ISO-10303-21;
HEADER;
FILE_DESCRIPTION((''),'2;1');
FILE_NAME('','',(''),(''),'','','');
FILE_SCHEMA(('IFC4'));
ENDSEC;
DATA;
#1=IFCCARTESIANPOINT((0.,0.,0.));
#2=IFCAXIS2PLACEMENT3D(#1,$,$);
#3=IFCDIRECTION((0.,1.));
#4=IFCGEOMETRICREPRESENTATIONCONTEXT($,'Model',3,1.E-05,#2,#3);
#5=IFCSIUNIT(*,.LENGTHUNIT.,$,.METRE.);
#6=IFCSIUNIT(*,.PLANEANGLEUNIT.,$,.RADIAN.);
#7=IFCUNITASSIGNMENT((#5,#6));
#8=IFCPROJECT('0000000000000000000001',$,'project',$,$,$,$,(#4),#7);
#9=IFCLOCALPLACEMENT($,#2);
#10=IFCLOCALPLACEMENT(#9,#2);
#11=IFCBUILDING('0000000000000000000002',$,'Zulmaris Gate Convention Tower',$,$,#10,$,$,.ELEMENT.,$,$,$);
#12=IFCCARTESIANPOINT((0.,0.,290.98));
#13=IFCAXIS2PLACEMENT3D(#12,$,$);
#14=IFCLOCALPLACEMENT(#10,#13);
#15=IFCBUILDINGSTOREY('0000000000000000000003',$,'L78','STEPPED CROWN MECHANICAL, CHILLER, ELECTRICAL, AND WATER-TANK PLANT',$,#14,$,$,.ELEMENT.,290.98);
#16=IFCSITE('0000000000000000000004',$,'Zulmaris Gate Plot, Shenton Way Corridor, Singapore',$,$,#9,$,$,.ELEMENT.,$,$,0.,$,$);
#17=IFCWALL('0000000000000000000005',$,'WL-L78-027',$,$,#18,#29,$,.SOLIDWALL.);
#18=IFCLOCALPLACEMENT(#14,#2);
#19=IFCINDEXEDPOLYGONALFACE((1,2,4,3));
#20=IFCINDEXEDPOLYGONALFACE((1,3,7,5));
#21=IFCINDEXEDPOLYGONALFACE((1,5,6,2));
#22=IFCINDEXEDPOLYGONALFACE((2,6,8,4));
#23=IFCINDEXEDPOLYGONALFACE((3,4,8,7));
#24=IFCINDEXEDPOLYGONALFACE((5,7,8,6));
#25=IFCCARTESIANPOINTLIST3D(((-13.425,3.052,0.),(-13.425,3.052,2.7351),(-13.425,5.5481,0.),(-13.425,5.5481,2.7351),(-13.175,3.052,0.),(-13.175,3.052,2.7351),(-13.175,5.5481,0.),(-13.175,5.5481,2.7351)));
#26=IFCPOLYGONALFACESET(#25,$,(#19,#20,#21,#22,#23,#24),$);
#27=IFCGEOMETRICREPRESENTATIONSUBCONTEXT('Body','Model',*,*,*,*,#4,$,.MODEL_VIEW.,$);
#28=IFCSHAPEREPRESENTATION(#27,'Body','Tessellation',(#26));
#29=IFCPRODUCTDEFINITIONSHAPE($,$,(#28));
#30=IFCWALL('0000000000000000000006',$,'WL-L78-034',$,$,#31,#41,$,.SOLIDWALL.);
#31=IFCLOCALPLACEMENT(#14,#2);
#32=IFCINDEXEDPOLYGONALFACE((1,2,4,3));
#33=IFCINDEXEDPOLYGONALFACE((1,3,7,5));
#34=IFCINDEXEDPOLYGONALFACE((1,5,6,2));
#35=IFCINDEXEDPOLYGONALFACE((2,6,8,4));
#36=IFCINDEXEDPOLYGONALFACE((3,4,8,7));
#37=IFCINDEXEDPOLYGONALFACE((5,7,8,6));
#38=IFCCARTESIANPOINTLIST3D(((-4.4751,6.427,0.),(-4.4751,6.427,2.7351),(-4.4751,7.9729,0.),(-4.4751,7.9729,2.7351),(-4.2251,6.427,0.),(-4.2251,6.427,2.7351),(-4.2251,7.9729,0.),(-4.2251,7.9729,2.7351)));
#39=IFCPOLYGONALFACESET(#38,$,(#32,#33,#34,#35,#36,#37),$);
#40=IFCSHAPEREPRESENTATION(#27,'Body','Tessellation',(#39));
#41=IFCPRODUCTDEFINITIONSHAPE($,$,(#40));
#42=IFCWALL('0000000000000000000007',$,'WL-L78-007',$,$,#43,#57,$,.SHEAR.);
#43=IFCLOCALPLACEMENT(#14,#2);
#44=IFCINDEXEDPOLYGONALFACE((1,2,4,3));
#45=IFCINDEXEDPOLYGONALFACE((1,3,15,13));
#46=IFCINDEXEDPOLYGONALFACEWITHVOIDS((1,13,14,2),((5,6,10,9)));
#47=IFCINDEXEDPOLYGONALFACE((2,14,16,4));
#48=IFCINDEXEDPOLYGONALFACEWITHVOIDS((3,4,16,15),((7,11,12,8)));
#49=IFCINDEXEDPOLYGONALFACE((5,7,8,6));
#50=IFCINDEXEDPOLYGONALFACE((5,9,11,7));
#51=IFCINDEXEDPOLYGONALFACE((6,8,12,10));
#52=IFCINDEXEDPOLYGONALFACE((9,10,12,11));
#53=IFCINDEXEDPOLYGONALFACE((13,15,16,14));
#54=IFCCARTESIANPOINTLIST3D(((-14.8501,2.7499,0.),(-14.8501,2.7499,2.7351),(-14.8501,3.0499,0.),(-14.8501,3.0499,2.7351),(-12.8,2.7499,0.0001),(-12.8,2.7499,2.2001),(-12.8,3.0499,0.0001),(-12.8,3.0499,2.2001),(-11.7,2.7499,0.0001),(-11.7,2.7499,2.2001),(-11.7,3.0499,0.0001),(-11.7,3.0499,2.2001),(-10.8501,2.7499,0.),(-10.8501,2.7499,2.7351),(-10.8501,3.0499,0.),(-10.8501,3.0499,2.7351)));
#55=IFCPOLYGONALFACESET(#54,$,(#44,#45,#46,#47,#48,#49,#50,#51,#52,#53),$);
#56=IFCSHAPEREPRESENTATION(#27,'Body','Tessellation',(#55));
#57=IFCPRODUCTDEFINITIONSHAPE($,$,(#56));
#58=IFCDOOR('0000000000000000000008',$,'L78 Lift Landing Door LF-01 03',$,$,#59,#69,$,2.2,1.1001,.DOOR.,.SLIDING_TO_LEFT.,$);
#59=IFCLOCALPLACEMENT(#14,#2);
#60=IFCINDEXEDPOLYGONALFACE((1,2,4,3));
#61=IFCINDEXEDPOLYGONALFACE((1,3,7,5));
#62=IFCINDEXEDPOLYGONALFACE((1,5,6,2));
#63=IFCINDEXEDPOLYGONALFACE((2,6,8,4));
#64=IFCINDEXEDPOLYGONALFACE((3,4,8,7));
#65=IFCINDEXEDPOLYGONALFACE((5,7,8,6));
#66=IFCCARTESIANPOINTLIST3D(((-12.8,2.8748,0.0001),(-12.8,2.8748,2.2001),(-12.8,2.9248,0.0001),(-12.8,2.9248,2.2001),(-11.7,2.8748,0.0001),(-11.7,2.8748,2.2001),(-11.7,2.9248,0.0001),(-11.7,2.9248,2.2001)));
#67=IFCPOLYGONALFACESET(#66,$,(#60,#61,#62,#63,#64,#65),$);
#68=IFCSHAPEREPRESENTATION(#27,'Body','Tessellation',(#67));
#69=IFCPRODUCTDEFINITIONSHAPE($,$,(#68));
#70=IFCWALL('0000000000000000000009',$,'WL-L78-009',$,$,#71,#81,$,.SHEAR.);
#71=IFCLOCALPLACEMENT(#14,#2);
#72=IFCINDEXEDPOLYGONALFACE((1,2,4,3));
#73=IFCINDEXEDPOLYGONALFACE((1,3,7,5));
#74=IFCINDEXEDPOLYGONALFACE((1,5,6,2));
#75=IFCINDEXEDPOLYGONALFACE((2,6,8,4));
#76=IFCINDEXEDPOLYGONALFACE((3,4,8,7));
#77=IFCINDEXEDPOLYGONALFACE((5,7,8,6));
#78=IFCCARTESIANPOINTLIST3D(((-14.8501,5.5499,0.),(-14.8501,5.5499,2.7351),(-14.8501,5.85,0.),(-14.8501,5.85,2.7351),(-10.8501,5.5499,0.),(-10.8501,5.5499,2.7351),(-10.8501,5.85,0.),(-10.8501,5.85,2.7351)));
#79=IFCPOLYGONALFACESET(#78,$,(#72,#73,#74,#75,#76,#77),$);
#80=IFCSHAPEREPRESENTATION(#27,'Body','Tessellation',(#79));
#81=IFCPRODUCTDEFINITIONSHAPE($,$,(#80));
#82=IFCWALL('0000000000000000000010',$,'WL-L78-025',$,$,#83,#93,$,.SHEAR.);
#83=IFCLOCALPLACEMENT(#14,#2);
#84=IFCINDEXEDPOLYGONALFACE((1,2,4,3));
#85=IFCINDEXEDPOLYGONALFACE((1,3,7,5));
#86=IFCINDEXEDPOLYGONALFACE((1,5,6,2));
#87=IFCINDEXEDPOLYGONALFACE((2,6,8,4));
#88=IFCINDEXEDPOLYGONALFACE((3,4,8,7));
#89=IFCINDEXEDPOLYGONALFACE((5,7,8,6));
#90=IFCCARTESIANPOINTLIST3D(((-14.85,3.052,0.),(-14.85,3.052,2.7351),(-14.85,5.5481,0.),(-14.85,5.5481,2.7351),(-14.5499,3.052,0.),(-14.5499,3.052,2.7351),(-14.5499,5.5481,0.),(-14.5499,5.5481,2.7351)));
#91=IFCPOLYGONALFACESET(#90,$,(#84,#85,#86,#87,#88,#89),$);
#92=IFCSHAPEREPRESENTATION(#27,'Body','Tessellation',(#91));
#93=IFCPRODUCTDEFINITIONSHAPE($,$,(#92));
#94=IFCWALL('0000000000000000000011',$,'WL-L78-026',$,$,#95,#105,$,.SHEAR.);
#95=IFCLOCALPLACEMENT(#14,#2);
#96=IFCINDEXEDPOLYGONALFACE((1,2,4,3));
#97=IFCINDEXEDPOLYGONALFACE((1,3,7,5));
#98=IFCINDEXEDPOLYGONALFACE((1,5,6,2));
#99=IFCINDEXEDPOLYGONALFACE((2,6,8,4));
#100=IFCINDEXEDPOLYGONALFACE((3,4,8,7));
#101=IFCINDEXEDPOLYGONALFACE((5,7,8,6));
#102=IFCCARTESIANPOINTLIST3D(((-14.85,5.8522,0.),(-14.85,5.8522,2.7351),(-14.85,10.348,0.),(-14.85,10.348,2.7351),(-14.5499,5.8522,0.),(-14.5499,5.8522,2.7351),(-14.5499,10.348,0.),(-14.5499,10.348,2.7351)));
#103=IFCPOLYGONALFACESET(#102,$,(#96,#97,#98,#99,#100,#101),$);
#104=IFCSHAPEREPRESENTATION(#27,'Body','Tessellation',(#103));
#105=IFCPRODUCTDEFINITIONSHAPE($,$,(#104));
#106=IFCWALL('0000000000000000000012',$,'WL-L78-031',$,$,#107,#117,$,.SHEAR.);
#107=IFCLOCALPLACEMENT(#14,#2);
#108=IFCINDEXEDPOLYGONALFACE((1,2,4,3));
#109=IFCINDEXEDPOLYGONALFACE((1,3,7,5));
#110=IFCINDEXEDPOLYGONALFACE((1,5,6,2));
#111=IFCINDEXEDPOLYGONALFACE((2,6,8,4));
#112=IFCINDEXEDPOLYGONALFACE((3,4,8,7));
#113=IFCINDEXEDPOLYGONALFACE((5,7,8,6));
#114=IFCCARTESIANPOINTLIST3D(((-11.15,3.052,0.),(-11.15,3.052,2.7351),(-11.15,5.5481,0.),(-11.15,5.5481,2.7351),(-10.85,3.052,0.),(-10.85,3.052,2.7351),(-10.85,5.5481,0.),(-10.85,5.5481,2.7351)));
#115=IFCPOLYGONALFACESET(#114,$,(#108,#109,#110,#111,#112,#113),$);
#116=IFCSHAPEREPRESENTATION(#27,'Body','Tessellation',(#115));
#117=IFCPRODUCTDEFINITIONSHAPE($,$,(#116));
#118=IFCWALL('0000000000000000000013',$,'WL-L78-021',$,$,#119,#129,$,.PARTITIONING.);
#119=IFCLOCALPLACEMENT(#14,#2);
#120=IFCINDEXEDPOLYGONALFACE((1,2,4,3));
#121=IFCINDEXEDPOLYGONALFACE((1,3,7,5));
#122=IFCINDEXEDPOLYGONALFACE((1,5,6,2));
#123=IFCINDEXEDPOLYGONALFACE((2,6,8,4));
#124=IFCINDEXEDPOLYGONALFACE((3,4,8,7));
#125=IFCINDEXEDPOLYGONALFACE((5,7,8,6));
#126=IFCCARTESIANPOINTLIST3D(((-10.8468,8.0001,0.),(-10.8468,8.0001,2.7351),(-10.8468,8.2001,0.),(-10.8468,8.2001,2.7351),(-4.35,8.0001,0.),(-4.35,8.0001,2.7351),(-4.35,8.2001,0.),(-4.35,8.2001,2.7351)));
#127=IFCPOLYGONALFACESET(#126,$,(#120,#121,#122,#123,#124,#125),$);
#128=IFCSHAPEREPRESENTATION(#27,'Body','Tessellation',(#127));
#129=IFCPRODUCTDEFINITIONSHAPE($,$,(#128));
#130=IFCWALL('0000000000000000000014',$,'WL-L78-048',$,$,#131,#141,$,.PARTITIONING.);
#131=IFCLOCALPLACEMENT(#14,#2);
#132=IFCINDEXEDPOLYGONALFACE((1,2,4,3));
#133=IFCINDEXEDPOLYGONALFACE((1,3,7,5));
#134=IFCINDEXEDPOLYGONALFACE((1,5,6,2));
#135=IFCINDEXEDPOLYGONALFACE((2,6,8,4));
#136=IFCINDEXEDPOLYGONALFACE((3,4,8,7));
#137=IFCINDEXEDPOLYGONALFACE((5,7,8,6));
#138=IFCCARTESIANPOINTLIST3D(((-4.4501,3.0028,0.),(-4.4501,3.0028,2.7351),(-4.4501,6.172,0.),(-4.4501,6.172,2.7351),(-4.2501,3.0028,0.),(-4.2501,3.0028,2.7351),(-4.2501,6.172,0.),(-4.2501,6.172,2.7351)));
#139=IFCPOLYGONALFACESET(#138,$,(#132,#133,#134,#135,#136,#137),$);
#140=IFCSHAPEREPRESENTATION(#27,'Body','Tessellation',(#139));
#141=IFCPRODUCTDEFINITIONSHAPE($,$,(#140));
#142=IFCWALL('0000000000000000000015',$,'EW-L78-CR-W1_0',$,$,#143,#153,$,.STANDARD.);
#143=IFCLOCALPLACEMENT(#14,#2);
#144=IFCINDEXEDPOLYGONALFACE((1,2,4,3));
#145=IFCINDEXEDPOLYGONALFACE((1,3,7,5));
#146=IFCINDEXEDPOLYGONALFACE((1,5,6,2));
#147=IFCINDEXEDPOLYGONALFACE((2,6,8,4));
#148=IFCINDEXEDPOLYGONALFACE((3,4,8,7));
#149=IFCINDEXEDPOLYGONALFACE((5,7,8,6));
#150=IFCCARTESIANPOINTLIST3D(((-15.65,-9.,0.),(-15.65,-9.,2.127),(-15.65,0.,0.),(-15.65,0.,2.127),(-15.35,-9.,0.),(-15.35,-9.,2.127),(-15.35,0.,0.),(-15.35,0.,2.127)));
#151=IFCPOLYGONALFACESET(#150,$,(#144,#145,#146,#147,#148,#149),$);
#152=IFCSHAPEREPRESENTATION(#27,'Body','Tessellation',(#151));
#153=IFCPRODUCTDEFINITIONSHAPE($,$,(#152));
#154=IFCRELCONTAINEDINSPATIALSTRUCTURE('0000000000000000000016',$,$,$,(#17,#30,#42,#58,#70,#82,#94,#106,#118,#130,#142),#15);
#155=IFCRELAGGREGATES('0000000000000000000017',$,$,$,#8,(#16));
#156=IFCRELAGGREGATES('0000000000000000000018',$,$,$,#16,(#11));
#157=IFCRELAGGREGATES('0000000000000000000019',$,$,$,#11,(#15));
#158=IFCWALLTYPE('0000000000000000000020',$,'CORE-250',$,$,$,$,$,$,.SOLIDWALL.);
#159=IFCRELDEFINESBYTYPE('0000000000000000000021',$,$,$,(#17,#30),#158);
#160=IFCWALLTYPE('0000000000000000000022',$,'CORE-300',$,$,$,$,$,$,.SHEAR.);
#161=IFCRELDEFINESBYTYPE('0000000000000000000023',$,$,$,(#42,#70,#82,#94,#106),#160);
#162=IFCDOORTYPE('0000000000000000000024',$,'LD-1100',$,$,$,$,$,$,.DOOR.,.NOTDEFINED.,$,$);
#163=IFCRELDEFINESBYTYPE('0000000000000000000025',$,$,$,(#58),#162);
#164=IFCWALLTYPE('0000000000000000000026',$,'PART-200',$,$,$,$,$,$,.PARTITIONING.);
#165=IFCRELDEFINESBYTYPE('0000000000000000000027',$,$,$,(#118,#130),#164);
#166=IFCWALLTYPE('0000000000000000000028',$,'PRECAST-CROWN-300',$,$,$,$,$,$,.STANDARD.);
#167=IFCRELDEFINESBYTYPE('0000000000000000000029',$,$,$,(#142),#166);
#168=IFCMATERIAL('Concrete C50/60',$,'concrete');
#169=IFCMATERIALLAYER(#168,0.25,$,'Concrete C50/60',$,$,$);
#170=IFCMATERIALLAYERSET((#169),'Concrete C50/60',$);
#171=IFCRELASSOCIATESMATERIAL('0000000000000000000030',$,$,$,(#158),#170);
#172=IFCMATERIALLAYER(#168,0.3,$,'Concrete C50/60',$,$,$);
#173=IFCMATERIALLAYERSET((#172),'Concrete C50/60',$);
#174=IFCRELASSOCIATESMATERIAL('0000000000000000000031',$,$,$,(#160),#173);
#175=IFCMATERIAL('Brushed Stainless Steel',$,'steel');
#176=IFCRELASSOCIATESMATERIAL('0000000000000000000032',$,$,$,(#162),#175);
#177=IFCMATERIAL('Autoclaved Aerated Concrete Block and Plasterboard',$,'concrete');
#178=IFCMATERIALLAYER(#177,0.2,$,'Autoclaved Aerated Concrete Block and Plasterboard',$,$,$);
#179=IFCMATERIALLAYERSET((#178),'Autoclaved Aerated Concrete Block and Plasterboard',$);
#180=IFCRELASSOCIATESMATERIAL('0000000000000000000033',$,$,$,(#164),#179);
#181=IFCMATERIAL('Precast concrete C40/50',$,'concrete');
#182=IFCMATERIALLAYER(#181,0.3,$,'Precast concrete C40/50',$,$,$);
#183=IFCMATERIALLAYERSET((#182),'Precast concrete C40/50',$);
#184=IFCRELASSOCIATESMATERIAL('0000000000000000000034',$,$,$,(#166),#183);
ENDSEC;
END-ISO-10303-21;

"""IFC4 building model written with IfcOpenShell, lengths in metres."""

from ifc_helpers import new_model, si_unit, direction, frame, frame_2d, origin, place, context, subcontext, project, spatial, rectangle, extrude, material, layer, layer_set, type_object, element, fill, save


model = new_model("IFC4")

# Units and contexts
model_context = context("Model", 3, precision=1e-05, world=origin(), true_north=direction((0.0, 1.0)))
body_context = subcontext(model_context, "Body", "Model", "MODEL_VIEW")
ifc_project = project(units=[si_unit("LENGTHUNIT", "METRE"), si_unit("PLANEANGLEUNIT", "RADIAN")], contexts=[model_context])

# Site, building, storey
site_placement = place(None, origin())
site = spatial("IfcSite", under=ifc_project, at=site_placement, Name="Zulmaris Gate Plot, Shenton Way Corridor, Singapore", CompositionType="ELEMENT", RefElevation=0.0)
building_placement = place(site_placement, origin())
building = spatial("IfcBuilding", under=site, at=building_placement, Name="Zulmaris Gate Convention Tower", CompositionType="ELEMENT")
storey_placement = place(building_placement, frame((0.0, 0.0, 290.98)))
storey = spatial("IfcBuildingStorey", under=building, at=storey_placement, Name="L78", Description="STEPPED CROWN MECHANICAL, CHILLER, ELECTRICAL, AND WATER-TANK PLANT", CompositionType="ELEMENT", Elevation=290.98)

# Shared definitions
ifc_material_1 = material(Name="Concrete C50/60", Category="concrete")
ifc_layer_1 = layer(ifc_material_1, 0.25, Name="Concrete C50/60")
ifc_layer_set_1 = layer_set([ifc_layer_1], Name="Concrete C50/60")
wall_type_1 = type_object("IfcWallType", Name="CORE-250", PredefinedType="SOLIDWALL", material=ifc_layer_set_1)

# Walls
wall_1_placement = place(storey_placement, frame((-13.3, 3.052, 0.0), z_axis=(0.0, 0.0, 1.0), x_axis=(0.0, 1.0, 0.0)))
element("IfcWall", 1, at=wall_1_placement, inside=storey, type_object=wall_type_1, Name="WL-L78-027", PredefinedType="SOLIDWALL", context=body_context, shape_type="SweptSolid", body=[
    extrude(rectangle(XDim=2.4961, YDim=0.25, at=frame_2d((1.248, 0.0))), origin(), (0.0, 0.0, 1.0), 2.7351),
])
wall_2_placement = place(storey_placement, frame((-4.3501, 6.427, 0.0), z_axis=(0.0, 0.0, 1.0), x_axis=(0.0, 1.0, 0.0)))
element("IfcWall", 2, at=wall_2_placement, inside=storey, type_object=wall_type_1, Name="WL-L78-034", PredefinedType="SOLIDWALL", context=body_context, shape_type="SweptSolid", body=[
    extrude(rectangle(XDim=1.5459, YDim=0.25, at=frame_2d((0.7729, 0.0))), origin(), (0.0, 0.0, 1.0), 2.7351),
])

# Wall, opening, door
ifc_layer_2 = layer(ifc_material_1, 0.3, Name="Concrete C50/60")
ifc_layer_set_2 = layer_set([ifc_layer_2], Name="Concrete C50/60")
wall_type_2 = type_object("IfcWallType", Name="CORE-300", PredefinedType="SHEAR", material=ifc_layer_set_2)
wall_3_placement = place(storey_placement, frame((-14.8501, 2.8999, 0.0), z_axis=(0.0, 0.0, 1.0), x_axis=(1.0, 0.0, 0.0)))
wall_3 = element("IfcWall", 3, at=wall_3_placement, inside=storey, type_object=wall_type_2, Name="WL-L78-007", PredefinedType="SHEAR", context=body_context, shape_type="SweptSolid", body=[
    extrude(rectangle(XDim=4.0, YDim=0.3, at=frame_2d((2.0, 0.0))), origin(), (0.0, 0.0, 1.0), 2.7351),
])
opening_1_placement = place(wall_3_placement, frame((2.05, 0.0, 0.0)))
opening_1 = element("IfcOpeningElement", 4, at=opening_1_placement, cuts=wall_3, PredefinedType="OPENING", context=body_context, shape_type="SweptSolid", body=[
    extrude(rectangle(XDim=1.1001, YDim=2.2, at=frame_2d((0.55, 1.1001))), frame((0.0, 0.1602, 0.0), z_axis=(0.0, -1.0, 0.0), x_axis=(1.0, 0.0, 0.0)), (0.0, 0.0, 1.0), 0.3201),
])
ifc_material_2 = material(Name="Brushed Stainless Steel", Category="steel")
door_type_1 = type_object("IfcDoorType", Name="LD-1100", OperationType="NOTDEFINED", PredefinedType="DOOR", material=ifc_material_2)
door_1_placement = place(opening_1_placement, origin())
door_1 = element("IfcDoor", 5, at=door_1_placement, inside=storey, type_object=door_type_1, Name="L78 Lift Landing Door LF-01 03", OperationType="SLIDING_TO_LEFT", OverallHeight=2.2, OverallWidth=1.1001, PredefinedType="DOOR", context=body_context, shape_type="SweptSolid", body=[
    extrude(rectangle(XDim=1.1001, YDim=2.2, at=frame_2d((0.55, 1.1001))), frame((0.0, 0.0249, 0.0), z_axis=(0.0, -1.0, 0.0), x_axis=(1.0, 0.0, 0.0)), (0.0, 0.0, 1.0), 0.05),
])
fill(opening_1, door_1)

# Walls
wall_4_placement = place(storey_placement, frame((-14.8501, 5.7, 0.0), z_axis=(0.0, 0.0, 1.0), x_axis=(1.0, 0.0, 0.0)))
element("IfcWall", 6, at=wall_4_placement, inside=storey, type_object=wall_type_2, Name="WL-L78-009", PredefinedType="SHEAR", context=body_context, shape_type="SweptSolid", body=[
    extrude(rectangle(XDim=4.0, YDim=0.3, at=frame_2d((2.0, 0.0))), origin(), (0.0, 0.0, 1.0), 2.7351),
])
wall_5_placement = place(storey_placement, frame((-14.7, 3.052, 0.0), z_axis=(0.0, 0.0, 1.0), x_axis=(0.0, 1.0, 0.0)))
element("IfcWall", 7, at=wall_5_placement, inside=storey, type_object=wall_type_2, Name="WL-L78-025", PredefinedType="SHEAR", context=body_context, shape_type="SweptSolid", body=[
    extrude(rectangle(XDim=2.4961, YDim=0.3, at=frame_2d((1.248, 0.0))), origin(), (0.0, 0.0, 1.0), 2.7351),
])
wall_6_placement = place(storey_placement, frame((-14.7, 5.8521, 0.0), z_axis=(0.0, 0.0, 1.0), x_axis=(0.0, 1.0, 0.0)))
element("IfcWall", 8, at=wall_6_placement, inside=storey, type_object=wall_type_2, Name="WL-L78-026", PredefinedType="SHEAR", context=body_context, shape_type="SweptSolid", body=[
    extrude(rectangle(XDim=4.4958, YDim=0.3, at=frame_2d((2.248, 0.0))), origin(), (0.0, 0.0, 1.0), 2.7351),
])

# Wall
wall_7_placement = place(storey_placement, frame((-11.0, 3.052, 0.0), z_axis=(0.0, 0.0, 1.0), x_axis=(0.0, 1.0, 0.0)))
element("IfcWall", 9, at=wall_7_placement, inside=storey, type_object=wall_type_2, Name="WL-L78-031", PredefinedType="SHEAR", context=body_context, shape_type="SweptSolid", body=[
    extrude(rectangle(XDim=2.4961, YDim=0.3, at=frame_2d((1.248, 0.0))), origin(), (0.0, 0.0, 1.0), 2.7351),
])

# Shared definitions
ifc_material_3 = material(Name="Autoclaved Aerated Concrete Block and Plasterboard", Category="concrete")
ifc_layer_3 = layer(ifc_material_3, 0.2, Name="Autoclaved Aerated Concrete Block and Plasterboard")
ifc_layer_set_3 = layer_set([ifc_layer_3], Name="Autoclaved Aerated Concrete Block and Plasterboard")
wall_type_3 = type_object("IfcWallType", Name="PART-200", PredefinedType="PARTITIONING", material=ifc_layer_set_3)

# Walls
wall_8_placement = place(storey_placement, frame((-10.8469, 8.1001, 0.0), z_axis=(0.0, 0.0, 1.0), x_axis=(1.0, 0.0, 0.0)))
element("IfcWall", 10, at=wall_8_placement, inside=storey, type_object=wall_type_3, Name="WL-L78-021", PredefinedType="PARTITIONING", context=body_context, shape_type="SweptSolid", body=[
    extrude(rectangle(XDim=6.4968, YDim=0.2, at=frame_2d((3.2485, 0.0))), origin(), (0.0, 0.0, 1.0), 2.7351),
])
wall_9_placement = place(storey_placement, frame((-4.3501, 3.0029, 0.0), z_axis=(0.0, 0.0, 1.0), x_axis=(0.0, 1.0, 0.0)))
element("IfcWall", 11, at=wall_9_placement, inside=storey, type_object=wall_type_3, Name="WL-L78-048", PredefinedType="PARTITIONING", context=body_context, shape_type="SweptSolid", body=[
    extrude(rectangle(XDim=3.1692, YDim=0.2, at=frame_2d((1.5845, 0.0))), origin(), (0.0, 0.0, 1.0), 2.7351),
])
ifc_material_4 = material(Name="Precast concrete C40/50", Category="concrete")
ifc_layer_4 = layer(ifc_material_4, 0.3, Name="Precast concrete C40/50")
ifc_layer_set_4 = layer_set([ifc_layer_4], Name="Precast concrete C40/50")
wall_type_4 = type_object("IfcWallType", Name="PRECAST-CROWN-300", PredefinedType="STANDARD", material=ifc_layer_set_4)
wall_10_placement = place(storey_placement, frame((-15.5, 0.0, 0.0), z_axis=(0.0, 0.0, 1.0), x_axis=(0.0, -1.0, 0.0)))
element("IfcWall", 12, at=wall_10_placement, inside=storey, type_object=wall_type_4, Name="EW-L78-CR-W1_0", PredefinedType="STANDARD", context=body_context, shape_type="SweptSolid", body=[
    extrude(rectangle(XDim=9.0, YDim=0.3, at=frame_2d((4.5, 0.0))), origin(), (0.0, 0.0, 1.0), 2.127),
])

save(model, "model.ifc")
